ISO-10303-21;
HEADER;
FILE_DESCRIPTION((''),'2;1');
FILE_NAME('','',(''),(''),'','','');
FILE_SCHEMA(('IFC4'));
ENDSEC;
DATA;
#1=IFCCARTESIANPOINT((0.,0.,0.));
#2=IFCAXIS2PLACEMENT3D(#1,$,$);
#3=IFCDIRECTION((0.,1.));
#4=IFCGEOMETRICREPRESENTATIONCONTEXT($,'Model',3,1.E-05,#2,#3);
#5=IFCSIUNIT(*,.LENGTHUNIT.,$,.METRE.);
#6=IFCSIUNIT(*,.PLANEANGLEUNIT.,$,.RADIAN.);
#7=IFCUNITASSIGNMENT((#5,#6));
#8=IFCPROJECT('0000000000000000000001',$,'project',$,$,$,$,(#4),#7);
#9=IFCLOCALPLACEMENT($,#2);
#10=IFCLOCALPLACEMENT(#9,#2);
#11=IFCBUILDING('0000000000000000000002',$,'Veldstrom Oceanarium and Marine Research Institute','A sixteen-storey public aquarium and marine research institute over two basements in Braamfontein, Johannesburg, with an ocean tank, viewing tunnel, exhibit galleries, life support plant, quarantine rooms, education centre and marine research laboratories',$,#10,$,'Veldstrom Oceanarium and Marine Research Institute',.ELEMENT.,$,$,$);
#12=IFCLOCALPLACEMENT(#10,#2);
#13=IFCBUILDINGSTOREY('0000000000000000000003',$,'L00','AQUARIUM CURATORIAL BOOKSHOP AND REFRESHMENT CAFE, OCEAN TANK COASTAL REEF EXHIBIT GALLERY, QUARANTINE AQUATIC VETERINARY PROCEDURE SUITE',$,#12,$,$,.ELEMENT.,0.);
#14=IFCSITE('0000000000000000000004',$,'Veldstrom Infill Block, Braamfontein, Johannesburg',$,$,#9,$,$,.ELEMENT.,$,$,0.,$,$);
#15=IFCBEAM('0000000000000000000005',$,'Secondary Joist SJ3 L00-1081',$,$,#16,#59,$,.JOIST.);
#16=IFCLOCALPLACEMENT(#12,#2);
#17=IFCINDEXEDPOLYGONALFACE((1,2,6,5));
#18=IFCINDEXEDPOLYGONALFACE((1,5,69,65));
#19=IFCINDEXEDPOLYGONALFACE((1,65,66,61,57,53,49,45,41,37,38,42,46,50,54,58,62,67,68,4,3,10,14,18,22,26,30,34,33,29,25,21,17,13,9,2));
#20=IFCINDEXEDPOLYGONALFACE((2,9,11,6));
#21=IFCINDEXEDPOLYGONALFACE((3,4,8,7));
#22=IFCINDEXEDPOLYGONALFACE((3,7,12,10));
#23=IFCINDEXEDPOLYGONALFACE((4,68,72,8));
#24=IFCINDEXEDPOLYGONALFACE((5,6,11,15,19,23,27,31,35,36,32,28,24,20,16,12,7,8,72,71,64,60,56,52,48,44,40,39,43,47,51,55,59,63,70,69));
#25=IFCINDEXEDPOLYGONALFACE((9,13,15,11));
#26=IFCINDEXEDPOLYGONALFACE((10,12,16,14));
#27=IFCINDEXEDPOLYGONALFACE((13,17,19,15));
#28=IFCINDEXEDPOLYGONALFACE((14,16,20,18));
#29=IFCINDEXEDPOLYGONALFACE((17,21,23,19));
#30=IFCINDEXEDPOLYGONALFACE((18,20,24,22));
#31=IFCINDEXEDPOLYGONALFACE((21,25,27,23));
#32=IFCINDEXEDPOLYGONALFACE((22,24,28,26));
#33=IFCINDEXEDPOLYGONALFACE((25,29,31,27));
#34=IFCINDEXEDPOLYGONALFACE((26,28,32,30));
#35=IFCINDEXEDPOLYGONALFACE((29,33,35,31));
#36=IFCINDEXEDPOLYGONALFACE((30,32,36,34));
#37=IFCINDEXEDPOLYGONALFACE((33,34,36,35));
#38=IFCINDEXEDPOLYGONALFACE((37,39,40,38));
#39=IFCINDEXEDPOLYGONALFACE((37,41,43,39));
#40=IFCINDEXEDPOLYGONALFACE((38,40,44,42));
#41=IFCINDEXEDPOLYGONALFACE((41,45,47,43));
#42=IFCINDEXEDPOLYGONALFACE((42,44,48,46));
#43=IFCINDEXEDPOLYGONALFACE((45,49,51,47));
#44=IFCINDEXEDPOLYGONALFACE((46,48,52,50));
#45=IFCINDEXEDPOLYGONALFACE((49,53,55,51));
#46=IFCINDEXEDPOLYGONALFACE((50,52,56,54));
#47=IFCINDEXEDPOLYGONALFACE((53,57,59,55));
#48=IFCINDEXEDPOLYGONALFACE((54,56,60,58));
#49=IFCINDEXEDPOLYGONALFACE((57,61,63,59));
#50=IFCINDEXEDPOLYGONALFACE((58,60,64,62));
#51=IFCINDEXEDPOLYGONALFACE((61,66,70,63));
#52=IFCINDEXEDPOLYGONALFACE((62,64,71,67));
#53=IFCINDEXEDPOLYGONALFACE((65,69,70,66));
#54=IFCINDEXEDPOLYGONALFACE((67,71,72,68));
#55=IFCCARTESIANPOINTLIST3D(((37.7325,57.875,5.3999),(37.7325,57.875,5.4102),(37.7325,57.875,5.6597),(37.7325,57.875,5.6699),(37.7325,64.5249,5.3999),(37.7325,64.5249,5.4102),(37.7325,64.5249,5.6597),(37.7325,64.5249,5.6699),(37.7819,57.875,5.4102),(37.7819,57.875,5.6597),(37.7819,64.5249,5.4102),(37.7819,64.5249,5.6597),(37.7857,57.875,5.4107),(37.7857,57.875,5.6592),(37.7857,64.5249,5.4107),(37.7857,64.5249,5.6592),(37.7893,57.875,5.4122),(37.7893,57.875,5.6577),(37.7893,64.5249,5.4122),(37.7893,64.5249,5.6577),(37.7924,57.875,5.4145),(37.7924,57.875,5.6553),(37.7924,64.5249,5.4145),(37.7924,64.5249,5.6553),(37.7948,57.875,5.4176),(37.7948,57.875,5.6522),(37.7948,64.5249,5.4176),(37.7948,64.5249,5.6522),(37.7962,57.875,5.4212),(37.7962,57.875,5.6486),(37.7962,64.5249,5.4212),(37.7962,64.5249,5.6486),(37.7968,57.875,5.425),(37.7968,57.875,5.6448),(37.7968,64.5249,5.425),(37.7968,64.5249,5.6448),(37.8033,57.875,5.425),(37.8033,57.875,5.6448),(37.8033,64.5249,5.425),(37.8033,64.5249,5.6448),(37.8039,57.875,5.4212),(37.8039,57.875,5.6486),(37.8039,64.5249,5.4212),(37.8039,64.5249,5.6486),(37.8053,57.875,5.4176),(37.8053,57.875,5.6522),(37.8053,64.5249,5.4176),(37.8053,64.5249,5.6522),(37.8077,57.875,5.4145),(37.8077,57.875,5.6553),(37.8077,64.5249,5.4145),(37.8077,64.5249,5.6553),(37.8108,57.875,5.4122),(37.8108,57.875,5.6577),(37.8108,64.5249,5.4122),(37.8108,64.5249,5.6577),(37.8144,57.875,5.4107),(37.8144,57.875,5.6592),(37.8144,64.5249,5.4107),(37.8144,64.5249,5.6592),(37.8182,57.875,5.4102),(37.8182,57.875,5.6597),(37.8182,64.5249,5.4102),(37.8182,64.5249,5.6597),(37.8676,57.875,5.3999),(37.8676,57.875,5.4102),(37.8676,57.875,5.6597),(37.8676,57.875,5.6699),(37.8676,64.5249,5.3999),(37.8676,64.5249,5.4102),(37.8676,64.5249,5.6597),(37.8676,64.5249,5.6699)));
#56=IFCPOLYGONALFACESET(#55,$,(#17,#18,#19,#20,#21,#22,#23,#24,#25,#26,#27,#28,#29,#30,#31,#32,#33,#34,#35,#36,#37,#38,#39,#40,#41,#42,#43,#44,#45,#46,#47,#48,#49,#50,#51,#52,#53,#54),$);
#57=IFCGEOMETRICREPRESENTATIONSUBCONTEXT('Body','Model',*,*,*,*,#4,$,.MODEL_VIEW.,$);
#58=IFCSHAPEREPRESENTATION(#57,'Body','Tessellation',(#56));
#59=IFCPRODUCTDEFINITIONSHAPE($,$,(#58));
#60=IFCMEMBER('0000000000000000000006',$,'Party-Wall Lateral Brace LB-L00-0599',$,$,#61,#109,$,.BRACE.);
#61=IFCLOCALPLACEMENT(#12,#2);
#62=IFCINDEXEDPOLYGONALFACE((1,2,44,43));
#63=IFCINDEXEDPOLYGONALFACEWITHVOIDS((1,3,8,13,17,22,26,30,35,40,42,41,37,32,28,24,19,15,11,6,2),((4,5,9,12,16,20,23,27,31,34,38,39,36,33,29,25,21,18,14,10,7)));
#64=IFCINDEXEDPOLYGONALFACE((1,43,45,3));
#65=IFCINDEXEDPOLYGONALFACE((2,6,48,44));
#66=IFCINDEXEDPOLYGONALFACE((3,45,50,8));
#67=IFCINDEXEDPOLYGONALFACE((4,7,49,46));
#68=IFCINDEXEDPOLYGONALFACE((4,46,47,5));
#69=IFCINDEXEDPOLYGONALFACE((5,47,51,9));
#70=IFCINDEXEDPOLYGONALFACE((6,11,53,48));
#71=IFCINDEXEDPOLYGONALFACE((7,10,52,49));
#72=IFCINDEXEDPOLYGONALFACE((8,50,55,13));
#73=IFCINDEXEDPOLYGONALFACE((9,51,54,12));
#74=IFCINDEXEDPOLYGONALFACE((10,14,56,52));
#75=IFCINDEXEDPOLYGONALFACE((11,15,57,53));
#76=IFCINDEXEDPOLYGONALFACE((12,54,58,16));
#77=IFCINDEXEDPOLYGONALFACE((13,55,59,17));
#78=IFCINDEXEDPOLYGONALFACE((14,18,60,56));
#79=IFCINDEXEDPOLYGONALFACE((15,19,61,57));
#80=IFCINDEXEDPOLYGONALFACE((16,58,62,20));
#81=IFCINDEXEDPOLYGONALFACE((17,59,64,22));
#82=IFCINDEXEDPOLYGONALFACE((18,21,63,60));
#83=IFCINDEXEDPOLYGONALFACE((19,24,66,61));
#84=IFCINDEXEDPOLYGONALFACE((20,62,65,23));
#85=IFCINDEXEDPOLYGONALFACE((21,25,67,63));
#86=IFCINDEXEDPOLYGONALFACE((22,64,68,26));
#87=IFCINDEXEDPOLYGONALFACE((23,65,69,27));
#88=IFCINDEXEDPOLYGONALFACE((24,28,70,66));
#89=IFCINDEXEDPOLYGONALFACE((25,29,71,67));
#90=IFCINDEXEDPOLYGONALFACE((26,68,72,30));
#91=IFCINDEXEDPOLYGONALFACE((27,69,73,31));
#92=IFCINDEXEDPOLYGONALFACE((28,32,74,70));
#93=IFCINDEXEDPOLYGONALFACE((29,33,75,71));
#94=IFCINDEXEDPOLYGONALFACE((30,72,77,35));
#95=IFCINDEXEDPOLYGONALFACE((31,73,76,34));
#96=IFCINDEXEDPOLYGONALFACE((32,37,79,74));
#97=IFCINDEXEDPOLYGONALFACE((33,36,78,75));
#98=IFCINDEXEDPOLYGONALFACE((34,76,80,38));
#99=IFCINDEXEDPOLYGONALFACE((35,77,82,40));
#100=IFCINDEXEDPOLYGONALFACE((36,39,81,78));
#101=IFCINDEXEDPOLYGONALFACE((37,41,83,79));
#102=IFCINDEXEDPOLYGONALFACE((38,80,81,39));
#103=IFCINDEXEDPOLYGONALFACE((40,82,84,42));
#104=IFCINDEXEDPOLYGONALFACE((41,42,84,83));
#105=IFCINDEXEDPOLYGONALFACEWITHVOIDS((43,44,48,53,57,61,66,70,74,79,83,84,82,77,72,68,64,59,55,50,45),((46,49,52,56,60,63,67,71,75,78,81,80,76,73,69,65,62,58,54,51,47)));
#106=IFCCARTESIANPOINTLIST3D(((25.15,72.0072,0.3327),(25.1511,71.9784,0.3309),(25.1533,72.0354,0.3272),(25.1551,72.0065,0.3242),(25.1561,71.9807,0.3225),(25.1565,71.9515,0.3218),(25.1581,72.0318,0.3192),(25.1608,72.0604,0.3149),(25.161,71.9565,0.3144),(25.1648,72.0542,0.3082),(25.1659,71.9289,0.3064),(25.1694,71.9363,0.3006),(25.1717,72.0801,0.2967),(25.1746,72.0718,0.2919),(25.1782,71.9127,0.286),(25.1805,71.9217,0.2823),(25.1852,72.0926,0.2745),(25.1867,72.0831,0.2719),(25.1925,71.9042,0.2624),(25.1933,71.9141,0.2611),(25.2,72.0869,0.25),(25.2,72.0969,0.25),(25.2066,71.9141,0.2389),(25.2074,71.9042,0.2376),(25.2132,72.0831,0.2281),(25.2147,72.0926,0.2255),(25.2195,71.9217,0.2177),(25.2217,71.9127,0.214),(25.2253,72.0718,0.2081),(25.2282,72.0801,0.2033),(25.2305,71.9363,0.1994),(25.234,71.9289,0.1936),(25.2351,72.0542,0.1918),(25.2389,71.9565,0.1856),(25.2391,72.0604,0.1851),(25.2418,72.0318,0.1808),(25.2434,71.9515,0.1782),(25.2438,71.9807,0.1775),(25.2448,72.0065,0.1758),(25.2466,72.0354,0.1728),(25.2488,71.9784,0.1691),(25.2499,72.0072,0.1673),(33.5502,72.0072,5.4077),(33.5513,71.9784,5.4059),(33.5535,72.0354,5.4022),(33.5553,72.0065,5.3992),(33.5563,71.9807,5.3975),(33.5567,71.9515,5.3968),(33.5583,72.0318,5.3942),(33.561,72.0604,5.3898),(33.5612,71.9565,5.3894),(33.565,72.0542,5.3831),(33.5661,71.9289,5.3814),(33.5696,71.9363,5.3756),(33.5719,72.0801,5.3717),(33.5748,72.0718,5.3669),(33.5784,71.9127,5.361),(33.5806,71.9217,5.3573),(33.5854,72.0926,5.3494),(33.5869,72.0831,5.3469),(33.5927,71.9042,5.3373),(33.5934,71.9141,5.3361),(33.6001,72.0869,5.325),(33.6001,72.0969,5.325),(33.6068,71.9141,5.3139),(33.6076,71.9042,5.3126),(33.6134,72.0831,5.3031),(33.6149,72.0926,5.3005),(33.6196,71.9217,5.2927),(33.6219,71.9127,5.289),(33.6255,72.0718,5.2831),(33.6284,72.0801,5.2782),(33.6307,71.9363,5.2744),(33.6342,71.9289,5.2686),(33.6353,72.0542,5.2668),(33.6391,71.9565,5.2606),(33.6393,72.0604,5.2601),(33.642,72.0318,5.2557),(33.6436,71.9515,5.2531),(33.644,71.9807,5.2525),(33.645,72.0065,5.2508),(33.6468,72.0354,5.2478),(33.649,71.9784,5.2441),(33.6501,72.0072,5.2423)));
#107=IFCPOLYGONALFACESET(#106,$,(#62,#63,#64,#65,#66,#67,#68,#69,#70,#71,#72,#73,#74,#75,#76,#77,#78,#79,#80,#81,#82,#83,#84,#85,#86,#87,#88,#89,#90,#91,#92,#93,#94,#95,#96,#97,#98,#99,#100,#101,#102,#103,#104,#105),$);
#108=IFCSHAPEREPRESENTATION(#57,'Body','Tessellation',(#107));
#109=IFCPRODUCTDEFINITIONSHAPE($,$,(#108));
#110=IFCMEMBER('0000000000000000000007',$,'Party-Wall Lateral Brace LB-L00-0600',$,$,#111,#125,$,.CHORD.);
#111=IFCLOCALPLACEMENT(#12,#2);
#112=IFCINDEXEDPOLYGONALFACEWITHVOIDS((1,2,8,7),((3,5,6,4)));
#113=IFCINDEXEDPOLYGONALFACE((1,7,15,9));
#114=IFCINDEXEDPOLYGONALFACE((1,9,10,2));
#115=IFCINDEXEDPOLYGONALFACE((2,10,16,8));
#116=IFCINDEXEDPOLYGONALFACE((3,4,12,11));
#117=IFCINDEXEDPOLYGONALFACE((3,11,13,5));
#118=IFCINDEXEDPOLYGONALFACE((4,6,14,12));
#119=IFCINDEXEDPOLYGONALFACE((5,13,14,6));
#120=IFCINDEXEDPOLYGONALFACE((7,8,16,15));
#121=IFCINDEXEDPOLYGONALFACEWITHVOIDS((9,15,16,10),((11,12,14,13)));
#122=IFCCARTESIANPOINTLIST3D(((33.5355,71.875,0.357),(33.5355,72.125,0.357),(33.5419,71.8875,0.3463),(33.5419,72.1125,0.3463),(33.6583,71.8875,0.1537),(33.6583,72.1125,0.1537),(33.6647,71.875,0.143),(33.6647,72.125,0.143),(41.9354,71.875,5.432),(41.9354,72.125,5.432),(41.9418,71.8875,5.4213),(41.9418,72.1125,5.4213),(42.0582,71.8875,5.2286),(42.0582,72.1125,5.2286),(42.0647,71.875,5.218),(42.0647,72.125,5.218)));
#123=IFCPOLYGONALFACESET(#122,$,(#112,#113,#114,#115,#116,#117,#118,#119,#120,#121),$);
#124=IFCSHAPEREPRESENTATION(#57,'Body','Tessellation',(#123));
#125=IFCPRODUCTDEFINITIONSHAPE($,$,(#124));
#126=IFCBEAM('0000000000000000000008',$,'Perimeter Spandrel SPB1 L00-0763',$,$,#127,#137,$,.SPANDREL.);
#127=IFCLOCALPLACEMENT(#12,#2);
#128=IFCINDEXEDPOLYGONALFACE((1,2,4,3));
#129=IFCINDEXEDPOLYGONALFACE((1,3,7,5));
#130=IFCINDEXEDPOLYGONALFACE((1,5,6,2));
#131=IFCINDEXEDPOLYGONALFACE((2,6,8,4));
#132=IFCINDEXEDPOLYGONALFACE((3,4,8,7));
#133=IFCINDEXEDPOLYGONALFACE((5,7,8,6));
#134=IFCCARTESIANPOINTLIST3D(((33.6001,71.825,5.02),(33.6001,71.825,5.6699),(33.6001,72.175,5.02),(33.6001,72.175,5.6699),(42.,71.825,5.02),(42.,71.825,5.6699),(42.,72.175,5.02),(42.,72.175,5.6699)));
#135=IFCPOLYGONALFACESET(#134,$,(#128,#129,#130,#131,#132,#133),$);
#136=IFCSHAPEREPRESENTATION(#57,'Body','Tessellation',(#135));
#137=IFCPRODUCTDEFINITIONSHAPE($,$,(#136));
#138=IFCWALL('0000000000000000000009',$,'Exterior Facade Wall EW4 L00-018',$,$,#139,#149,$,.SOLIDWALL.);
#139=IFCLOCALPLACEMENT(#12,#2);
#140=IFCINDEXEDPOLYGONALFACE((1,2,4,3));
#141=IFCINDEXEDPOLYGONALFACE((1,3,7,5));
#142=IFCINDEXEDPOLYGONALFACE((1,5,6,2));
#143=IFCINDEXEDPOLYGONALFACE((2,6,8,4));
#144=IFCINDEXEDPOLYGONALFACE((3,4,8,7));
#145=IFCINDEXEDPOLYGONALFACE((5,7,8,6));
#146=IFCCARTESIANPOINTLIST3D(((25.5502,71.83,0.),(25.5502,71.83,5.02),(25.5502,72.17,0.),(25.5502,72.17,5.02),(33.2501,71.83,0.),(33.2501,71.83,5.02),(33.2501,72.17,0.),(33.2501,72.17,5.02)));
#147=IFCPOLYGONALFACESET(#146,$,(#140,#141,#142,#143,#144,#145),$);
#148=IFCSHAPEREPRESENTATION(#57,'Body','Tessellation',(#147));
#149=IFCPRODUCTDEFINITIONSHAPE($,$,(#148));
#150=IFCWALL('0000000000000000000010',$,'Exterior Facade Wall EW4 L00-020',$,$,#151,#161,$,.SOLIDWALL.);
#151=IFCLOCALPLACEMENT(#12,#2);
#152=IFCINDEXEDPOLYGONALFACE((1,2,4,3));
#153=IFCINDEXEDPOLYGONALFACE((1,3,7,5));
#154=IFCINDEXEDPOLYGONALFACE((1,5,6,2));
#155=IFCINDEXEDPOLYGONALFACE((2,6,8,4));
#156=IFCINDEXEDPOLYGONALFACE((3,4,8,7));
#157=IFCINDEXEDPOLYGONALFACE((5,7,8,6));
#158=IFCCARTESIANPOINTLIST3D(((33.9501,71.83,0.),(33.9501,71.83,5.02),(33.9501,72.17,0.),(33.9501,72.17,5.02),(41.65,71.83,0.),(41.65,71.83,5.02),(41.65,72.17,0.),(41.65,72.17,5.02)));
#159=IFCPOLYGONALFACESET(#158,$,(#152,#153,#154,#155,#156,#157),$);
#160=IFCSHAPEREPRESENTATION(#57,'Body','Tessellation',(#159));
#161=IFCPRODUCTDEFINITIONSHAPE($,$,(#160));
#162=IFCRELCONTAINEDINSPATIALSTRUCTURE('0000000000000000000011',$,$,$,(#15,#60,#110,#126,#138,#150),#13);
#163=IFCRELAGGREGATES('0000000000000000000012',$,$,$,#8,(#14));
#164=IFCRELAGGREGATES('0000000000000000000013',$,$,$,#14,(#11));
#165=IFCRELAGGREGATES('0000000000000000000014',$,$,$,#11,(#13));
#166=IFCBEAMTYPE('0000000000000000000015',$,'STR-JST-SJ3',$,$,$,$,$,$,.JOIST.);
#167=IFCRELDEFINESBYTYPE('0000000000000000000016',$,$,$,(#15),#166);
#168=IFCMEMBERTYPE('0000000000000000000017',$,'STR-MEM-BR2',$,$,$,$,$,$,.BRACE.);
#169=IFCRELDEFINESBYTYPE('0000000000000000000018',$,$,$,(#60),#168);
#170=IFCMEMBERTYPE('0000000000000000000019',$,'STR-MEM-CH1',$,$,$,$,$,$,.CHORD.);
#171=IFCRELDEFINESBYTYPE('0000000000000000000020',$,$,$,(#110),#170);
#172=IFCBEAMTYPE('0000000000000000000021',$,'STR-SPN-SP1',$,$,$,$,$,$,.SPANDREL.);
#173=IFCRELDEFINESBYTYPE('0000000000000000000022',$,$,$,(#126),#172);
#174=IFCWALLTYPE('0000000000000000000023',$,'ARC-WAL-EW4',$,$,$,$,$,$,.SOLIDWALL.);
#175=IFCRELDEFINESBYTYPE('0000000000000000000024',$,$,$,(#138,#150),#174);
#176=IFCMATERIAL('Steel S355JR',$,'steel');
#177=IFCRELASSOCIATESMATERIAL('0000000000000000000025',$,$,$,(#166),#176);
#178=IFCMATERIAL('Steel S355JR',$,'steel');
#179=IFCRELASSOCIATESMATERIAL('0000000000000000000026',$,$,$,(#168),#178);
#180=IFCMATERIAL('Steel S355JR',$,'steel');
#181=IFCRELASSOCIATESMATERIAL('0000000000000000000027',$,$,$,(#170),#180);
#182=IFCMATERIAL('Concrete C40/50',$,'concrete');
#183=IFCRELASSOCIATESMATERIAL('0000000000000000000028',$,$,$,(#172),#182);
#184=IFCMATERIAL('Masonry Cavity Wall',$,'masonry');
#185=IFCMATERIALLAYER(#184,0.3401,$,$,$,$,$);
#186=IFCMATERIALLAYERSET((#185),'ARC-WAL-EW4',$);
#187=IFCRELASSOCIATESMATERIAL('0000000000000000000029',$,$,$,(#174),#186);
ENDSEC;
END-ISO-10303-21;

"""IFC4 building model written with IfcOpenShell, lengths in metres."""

from ifc_helpers import new_model, si_unit, direction, frame, frame_2d, origin, origin_2d, place, context, subcontext, project, spatial, rectangle, hollow_rectangle, hollow_circle, i_section, extrude, material, layer, layer_set, material_profile, profile_set, type_object, element, save


model = new_model("IFC4")

# Units and contexts
model_context = context("Model", 3, precision=1e-05, world=origin(), true_north=direction((0.0, 1.0)))
body_context = subcontext(model_context, "Body", "Model", "MODEL_VIEW")
ifc_project = project(units=[si_unit("LENGTHUNIT", "METRE"), si_unit("PLANEANGLEUNIT", "RADIAN")], contexts=[model_context])

# Site, building, storey
site_placement = place(None, origin())
site = spatial("IfcSite", under=ifc_project, at=site_placement, Name="Veldstrom Infill Block, Braamfontein, Johannesburg", CompositionType="ELEMENT", RefElevation=0.0)
building_placement = place(site_placement, origin())
building = spatial("IfcBuilding", under=site, at=building_placement, Name="Veldstrom Oceanarium and Marine Research Institute", Description="A sixteen-storey public aquarium and marine research institute over two basements in Braamfontein, Johannesburg, with an ocean tank, viewing tunnel, exhibit galleries, life support plant, quarantine rooms, education centre and marine research laboratories", LongName="Veldstrom Oceanarium and Marine Research Institute", CompositionType="ELEMENT")
storey_placement = place(building_placement, origin())
storey = spatial("IfcBuildingStorey", under=building, at=storey_placement, Name="L00", Description="AQUARIUM CURATORIAL BOOKSHOP AND REFRESHMENT CAFE, OCEAN TANK COASTAL REEF EXHIBIT GALLERY, QUARANTINE AQUATIC VETERINARY PROCEDURE SUITE", CompositionType="ELEMENT", Elevation=0.0)

# Beam
ifc_material_1 = material(Name="Steel S355JR", Category="steel")
ifc_material_profile_1 = material_profile(ifc_material_1, i_section(OverallWidth=0.135, OverallDepth=0.27, WebThickness=0.0066, FlangeThickness=0.0103, FilletRadius=0.0149, at=origin_2d()), Name="IPE 270")
ifc_profile_set_1 = profile_set([ifc_material_profile_1], Name="Steel S355JR")
beam_type_1 = type_object("IfcBeamType", Name="STR-JST-SJ3", PredefinedType="JOIST", material=ifc_profile_set_1)
beam_1_placement = place(storey_placement, frame((37.8, 57.875, 5.5349), z_axis=(0.0, 1.0, 0.0), x_axis=(-1.0, 0.0, 0.0)))
element("IfcBeam", 1, at=beam_1_placement, inside=storey, type_object=beam_type_1, Name="Secondary Joist SJ3 L00-1081", PredefinedType="JOIST", context=body_context, shape_type="SweptSolid", body=[
    extrude(i_section(OverallWidth=0.135, OverallDepth=0.27, WebThickness=0.0066, FlangeThickness=0.0103, FilletRadius=0.0149, at=origin_2d()), origin(), (0.0, 0.0, 1.0), 6.6499),
])

# Members
ifc_material_2 = material(Name="Steel S355JR", Category="steel")
ifc_material_profile_2 = material_profile(ifc_material_2, hollow_circle(Radius=0.0969, WallThickness=0.01, at=origin_2d()), Name="CHS 193.7x10")
ifc_profile_set_2 = profile_set([ifc_material_profile_2], Name="Steel S355JR")
member_type_1 = type_object("IfcMemberType", Name="STR-MEM-BR2", PredefinedType="BRACE", material=ifc_profile_set_2)
member_1_placement = place(storey_placement, frame((25.2, 72.0, 0.25), z_axis=(0.855922, 0.0, 0.517105), x_axis=(0.0, 1.0, 0.0)))
element("IfcMember", 2, at=member_1_placement, inside=storey, type_object=member_type_1, Name="Party-Wall Lateral Brace LB-L00-0599", PredefinedType="BRACE", context=body_context, shape_type="SweptSolid", body=[
    extrude(hollow_circle(Radius=0.0969, WallThickness=0.01, at=origin_2d()), origin(), (0.0, 0.0, 1.0), 9.8142),
])
ifc_material_3 = material(Name="Steel S355JR", Category="steel")
ifc_material_profile_3 = material_profile(ifc_material_3, hollow_rectangle(XDim=0.25, YDim=0.25, WallThickness=0.0125, at=origin_2d()), Name="SHS 250x250x12.5")
ifc_profile_set_3 = profile_set([ifc_material_profile_3], Name="Steel S355JR")
member_type_2 = type_object("IfcMemberType", Name="STR-MEM-CH1", PredefinedType="CHORD", material=ifc_profile_set_3)
member_2_placement = place(storey_placement, frame((33.6001, 72.0, 0.25), z_axis=(0.855915, 0.0, 0.517116), x_axis=(0.0, 1.0, 0.0)))
element("IfcMember", 3, at=member_2_placement, inside=storey, type_object=member_type_2, Name="Party-Wall Lateral Brace LB-L00-0600", PredefinedType="CHORD", context=body_context, shape_type="SweptSolid", body=[
    extrude(hollow_rectangle(XDim=0.25, YDim=0.25, WallThickness=0.0125, at=origin_2d()), origin(), (0.0, 0.0, 1.0), 9.814),
])

# Beam
ifc_material_4 = material(Name="Concrete C40/50", Category="concrete")
ifc_material_profile_4 = material_profile(ifc_material_4, rectangle(XDim=0.3501, YDim=0.6499, at=origin_2d()), Name="RC-SPN-350x650")
ifc_profile_set_4 = profile_set([ifc_material_profile_4], Name="Concrete C40/50")
beam_type_2 = type_object("IfcBeamType", Name="STR-SPN-SP1", PredefinedType="SPANDREL", material=ifc_profile_set_4)
beam_2_placement = place(storey_placement, frame((33.6001, 72.0, 5.345), z_axis=(1.0, 0.0, 0.0), x_axis=(0.0, 1.0, 0.0)))
element("IfcBeam", 4, at=beam_2_placement, inside=storey, type_object=beam_type_2, Name="Perimeter Spandrel SPB1 L00-0763", PredefinedType="SPANDREL", context=body_context, shape_type="SweptSolid", body=[
    extrude(rectangle(XDim=0.3501, YDim=0.6499, at=origin_2d()), origin(), (0.0, 0.0, 1.0), 8.3999),
])

# Walls
ifc_material_5 = material(Name="Masonry Cavity Wall", Category="masonry")
ifc_layer_1 = layer(ifc_material_5, 0.3401)
ifc_layer_set_1 = layer_set([ifc_layer_1], Name="ARC-WAL-EW4")
wall_type_1 = type_object("IfcWallType", Name="ARC-WAL-EW4", PredefinedType="SOLIDWALL", material=ifc_layer_set_1)
for number, where, z_axis, x_axis, name in (
    (5, (25.55, 72.0, 0.0), (0.0, 0.0, 1.0), (1.0, 0.0, 0.0), "Exterior Facade Wall EW4 L00-018"),
    (6, (33.95, 72.0, 0.0), (0.0, 0.0, 1.0), (1.0, 0.0, 0.0), "Exterior Facade Wall EW4 L00-020"),
):
    element("IfcWall", number, at=place(storey_placement, frame(where, z_axis=z_axis, x_axis=x_axis)), inside=storey, type_object=wall_type_1, Name=name, PredefinedType="SOLIDWALL", context=body_context, shape_type="SweptSolid", body=[
        extrude(rectangle(XDim=7.7, YDim=0.3401, at=frame_2d((3.8501, 0.0))), origin(), (0.0, 0.0, 1.0), 5.02),
    ])

save(model, "model.ifc")
